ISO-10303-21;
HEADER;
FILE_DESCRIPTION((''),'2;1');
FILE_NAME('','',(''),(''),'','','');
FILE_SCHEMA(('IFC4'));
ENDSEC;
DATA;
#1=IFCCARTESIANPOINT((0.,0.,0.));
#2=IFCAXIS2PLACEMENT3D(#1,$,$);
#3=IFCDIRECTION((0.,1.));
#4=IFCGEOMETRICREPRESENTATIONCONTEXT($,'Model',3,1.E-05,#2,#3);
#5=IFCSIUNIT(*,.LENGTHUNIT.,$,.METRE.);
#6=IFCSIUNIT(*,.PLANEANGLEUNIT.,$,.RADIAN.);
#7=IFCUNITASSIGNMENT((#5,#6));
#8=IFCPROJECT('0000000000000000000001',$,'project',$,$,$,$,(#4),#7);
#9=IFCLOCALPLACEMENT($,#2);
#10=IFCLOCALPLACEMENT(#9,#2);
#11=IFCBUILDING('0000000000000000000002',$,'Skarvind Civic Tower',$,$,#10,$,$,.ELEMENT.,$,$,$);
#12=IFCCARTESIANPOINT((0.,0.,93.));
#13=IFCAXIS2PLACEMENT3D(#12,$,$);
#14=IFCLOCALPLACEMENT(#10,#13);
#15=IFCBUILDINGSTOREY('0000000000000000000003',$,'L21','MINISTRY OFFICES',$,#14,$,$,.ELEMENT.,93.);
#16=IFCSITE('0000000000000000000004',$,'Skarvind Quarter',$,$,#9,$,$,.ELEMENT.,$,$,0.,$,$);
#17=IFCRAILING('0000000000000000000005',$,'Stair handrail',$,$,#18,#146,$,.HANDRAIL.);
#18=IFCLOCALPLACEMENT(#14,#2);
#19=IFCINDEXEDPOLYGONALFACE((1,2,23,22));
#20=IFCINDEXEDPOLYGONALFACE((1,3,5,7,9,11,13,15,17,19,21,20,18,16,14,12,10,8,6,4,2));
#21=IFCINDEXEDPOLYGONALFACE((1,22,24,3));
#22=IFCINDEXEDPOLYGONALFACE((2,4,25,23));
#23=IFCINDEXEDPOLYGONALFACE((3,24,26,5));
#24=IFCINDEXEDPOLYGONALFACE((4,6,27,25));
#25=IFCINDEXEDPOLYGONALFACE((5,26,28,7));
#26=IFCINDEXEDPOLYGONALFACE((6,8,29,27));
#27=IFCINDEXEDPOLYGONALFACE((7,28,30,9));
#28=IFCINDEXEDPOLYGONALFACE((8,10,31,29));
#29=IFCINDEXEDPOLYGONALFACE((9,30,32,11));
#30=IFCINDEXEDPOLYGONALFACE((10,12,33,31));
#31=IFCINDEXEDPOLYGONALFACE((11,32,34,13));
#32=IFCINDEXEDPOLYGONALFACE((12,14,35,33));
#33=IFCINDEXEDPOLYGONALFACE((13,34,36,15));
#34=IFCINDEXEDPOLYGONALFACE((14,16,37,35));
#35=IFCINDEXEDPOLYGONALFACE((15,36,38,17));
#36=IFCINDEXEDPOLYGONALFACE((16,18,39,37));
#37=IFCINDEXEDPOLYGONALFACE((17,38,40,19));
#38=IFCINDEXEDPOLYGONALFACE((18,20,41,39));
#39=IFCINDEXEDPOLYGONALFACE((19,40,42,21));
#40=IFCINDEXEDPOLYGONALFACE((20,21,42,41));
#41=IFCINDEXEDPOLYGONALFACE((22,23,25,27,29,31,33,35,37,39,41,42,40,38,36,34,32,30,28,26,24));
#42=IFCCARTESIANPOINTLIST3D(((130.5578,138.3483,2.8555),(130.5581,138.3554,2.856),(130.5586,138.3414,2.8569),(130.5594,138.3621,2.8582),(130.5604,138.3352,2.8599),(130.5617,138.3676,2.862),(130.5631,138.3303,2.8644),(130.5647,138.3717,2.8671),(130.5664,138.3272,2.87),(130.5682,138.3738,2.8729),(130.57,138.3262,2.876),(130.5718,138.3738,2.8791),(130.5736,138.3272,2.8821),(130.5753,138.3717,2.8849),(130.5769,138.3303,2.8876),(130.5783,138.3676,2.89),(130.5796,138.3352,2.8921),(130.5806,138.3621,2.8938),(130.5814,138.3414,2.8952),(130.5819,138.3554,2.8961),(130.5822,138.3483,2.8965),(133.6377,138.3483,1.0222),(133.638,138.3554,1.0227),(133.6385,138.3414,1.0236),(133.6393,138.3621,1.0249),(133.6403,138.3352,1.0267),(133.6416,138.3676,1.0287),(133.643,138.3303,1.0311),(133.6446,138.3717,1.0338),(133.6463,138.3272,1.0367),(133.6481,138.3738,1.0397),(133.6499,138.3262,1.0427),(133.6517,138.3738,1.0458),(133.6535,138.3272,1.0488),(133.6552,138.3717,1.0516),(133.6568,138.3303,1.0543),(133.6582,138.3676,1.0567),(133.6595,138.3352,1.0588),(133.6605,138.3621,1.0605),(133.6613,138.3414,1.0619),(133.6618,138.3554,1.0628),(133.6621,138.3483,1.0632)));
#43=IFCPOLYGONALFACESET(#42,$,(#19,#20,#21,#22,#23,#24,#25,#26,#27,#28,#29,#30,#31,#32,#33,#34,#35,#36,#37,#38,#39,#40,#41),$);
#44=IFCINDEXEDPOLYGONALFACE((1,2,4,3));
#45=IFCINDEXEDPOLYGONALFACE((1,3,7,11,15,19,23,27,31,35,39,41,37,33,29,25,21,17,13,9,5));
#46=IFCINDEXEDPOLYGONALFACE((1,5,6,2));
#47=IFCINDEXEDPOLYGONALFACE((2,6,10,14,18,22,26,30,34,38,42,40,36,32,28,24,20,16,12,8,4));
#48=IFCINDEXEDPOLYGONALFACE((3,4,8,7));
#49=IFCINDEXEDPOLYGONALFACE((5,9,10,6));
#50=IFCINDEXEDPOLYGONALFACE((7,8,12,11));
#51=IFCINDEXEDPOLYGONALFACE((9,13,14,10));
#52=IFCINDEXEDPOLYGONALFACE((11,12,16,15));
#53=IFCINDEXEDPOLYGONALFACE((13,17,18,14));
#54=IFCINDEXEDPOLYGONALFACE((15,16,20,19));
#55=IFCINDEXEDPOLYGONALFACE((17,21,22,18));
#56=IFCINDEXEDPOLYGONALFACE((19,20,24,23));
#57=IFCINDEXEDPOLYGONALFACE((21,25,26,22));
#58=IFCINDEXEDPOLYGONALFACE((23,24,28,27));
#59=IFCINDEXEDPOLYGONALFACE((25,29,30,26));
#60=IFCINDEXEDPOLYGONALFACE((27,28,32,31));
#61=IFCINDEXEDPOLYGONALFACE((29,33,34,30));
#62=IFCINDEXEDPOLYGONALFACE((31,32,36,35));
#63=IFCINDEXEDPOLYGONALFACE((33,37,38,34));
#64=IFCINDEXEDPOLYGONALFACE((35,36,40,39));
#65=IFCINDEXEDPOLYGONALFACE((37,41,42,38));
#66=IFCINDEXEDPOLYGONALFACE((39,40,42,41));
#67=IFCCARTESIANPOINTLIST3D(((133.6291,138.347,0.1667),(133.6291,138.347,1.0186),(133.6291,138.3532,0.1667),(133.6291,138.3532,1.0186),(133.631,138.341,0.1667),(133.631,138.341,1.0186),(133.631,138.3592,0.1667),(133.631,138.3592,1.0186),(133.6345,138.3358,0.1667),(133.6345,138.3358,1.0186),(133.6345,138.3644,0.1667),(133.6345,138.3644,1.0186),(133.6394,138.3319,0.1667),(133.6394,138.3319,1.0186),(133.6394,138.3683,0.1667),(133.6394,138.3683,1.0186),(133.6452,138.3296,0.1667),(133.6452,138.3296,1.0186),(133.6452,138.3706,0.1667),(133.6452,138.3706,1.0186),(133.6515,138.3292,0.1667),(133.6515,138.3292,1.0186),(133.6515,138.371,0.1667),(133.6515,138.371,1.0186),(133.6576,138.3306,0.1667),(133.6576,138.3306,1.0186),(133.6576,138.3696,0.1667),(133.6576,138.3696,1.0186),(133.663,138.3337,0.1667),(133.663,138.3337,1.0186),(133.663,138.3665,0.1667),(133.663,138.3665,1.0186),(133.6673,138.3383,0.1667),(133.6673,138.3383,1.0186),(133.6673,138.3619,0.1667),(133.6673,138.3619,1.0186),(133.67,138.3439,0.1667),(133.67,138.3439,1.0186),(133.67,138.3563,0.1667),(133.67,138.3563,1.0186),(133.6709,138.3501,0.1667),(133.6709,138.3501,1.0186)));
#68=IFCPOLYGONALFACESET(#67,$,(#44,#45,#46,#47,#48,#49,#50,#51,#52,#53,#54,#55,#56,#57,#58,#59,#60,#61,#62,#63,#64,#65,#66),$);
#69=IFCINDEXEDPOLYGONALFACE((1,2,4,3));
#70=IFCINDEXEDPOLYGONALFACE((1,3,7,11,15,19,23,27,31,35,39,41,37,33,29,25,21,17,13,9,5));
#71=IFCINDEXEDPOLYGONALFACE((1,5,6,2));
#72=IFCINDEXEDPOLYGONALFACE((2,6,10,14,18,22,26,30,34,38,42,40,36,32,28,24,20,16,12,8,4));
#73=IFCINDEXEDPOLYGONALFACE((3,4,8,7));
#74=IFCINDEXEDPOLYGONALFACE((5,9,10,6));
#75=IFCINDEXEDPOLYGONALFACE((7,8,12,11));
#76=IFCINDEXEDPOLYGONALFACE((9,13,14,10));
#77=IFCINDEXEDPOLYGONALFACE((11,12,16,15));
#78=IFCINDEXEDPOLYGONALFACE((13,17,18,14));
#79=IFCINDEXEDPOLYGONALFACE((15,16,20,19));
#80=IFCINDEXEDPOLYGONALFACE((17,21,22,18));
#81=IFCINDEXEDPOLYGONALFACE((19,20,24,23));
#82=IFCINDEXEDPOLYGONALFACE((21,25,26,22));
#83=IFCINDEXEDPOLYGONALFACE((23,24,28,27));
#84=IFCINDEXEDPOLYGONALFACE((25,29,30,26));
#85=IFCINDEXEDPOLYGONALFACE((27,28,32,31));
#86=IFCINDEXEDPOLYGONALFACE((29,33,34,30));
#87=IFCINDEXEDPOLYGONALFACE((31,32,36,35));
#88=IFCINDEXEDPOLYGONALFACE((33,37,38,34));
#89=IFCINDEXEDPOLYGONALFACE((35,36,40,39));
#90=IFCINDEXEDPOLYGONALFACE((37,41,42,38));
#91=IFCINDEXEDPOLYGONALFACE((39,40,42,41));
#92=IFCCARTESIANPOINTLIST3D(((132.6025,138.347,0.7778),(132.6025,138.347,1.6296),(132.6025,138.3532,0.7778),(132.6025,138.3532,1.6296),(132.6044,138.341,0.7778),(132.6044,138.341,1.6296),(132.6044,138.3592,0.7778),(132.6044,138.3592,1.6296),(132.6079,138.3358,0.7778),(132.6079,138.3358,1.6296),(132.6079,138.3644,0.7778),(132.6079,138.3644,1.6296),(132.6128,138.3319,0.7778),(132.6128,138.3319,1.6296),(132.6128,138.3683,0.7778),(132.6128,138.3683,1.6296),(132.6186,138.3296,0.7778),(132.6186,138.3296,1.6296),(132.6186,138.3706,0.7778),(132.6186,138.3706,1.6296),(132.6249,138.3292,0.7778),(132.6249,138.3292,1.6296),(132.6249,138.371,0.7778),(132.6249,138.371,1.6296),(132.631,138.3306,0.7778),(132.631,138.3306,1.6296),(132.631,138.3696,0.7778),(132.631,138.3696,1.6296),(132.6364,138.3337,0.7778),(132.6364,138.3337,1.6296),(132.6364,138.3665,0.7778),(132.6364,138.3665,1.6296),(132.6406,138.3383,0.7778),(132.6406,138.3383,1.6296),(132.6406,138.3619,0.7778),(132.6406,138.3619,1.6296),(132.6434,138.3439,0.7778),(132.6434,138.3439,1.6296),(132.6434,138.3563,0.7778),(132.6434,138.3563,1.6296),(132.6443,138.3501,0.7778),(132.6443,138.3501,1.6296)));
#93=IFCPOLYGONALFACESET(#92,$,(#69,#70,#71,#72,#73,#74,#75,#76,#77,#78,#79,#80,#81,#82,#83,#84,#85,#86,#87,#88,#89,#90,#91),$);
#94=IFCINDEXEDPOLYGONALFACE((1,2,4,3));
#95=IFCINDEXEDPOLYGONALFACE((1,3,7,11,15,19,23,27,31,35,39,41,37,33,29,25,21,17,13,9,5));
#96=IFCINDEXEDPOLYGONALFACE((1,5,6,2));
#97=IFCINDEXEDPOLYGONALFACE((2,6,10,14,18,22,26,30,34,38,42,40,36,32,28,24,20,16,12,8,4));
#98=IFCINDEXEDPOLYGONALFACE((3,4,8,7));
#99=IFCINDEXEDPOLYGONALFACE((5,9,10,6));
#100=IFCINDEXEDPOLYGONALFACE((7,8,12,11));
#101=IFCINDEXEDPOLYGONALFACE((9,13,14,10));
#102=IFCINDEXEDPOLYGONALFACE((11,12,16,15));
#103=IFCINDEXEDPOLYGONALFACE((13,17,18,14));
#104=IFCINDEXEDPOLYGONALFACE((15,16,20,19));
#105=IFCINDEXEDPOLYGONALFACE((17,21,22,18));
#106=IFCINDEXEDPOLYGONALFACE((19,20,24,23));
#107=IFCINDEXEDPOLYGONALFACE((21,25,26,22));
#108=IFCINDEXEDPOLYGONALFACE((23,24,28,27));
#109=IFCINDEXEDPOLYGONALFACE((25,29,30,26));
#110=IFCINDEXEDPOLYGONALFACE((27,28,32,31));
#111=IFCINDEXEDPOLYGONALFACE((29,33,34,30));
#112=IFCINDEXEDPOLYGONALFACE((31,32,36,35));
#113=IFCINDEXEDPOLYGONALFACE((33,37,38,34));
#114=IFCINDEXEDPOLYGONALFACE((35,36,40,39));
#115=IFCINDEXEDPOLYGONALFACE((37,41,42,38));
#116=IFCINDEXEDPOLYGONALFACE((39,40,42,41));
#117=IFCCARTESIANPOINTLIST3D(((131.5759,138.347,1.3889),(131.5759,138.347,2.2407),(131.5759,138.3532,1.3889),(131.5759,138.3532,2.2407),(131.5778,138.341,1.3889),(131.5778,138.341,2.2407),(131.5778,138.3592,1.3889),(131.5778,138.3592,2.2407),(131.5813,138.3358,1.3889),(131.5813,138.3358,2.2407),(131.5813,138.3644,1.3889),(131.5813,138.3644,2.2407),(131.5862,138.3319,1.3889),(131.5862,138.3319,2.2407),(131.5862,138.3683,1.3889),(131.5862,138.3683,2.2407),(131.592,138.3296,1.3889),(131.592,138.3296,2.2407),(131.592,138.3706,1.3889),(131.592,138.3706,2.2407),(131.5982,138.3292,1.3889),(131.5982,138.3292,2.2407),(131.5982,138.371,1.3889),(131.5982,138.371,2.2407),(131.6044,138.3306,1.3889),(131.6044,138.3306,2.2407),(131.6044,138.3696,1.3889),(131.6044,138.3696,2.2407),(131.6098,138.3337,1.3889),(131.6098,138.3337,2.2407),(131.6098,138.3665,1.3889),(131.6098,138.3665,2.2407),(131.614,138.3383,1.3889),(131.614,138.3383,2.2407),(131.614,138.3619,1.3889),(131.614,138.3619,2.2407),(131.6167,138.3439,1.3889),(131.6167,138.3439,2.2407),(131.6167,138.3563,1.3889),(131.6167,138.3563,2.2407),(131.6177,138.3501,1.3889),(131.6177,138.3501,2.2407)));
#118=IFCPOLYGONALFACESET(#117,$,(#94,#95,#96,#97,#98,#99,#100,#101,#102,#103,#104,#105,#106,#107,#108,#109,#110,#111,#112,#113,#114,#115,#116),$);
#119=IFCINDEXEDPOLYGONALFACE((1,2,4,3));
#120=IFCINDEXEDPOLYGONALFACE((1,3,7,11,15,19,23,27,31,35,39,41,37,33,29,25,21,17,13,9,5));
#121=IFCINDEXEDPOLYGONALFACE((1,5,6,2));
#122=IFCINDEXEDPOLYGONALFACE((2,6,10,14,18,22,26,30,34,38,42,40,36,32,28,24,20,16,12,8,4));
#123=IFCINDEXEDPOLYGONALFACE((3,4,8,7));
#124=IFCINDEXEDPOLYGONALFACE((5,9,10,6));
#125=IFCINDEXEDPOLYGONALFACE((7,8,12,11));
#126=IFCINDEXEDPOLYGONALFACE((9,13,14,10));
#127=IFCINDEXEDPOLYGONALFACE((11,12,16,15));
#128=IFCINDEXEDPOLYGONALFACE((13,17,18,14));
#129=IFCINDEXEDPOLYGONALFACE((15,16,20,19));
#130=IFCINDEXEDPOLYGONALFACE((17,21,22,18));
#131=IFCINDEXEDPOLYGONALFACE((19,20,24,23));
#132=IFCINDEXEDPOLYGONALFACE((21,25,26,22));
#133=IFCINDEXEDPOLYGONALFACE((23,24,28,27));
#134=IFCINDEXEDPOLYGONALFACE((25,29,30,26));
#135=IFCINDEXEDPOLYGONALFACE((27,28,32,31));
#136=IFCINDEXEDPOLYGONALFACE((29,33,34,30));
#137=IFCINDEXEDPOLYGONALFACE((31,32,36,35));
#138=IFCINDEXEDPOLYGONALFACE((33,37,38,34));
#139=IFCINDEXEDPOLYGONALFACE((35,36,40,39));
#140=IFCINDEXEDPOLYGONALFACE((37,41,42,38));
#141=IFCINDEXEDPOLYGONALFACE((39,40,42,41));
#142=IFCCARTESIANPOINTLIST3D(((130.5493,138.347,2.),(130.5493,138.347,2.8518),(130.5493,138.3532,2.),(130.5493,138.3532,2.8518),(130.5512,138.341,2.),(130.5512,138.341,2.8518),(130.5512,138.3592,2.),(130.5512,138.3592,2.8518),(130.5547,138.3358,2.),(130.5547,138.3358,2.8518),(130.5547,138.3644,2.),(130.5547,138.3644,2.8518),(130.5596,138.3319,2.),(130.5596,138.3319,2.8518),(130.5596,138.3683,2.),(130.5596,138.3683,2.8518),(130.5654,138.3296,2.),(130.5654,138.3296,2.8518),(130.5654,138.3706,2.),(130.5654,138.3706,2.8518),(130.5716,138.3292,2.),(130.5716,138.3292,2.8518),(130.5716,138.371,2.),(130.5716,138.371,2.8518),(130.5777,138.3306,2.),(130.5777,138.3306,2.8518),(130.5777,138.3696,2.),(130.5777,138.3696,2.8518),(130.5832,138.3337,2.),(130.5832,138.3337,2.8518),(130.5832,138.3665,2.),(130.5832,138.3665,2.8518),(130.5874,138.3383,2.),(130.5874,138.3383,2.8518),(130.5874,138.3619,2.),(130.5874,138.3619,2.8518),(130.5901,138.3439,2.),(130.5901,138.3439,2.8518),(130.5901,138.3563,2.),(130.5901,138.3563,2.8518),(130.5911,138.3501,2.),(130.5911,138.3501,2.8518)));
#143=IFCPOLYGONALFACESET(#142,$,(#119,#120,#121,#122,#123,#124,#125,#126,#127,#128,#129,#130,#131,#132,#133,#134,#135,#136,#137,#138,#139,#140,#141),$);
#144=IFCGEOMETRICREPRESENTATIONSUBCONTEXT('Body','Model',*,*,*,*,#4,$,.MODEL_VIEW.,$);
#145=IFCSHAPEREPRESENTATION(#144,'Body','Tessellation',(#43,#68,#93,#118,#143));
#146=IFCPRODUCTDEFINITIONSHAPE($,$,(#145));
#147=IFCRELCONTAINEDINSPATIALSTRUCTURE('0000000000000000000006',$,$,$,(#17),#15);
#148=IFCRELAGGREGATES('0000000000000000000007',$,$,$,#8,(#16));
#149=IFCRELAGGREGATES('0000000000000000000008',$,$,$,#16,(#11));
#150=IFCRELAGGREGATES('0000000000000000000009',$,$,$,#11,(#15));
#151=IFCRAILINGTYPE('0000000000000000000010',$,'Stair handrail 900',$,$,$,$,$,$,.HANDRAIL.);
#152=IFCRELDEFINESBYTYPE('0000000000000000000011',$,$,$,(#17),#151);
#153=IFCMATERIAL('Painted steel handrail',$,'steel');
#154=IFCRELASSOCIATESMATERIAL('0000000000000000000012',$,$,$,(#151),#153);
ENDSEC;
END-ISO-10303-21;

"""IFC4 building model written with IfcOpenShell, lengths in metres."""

from ifc_helpers import new_model, si_unit, direction, frame, origin, origin_2d, place, context, subcontext, project, spatial, circle, extrude, material, type_object, element, save


model = new_model("IFC4")

# Units and contexts
model_context = context("Model", 3, precision=1e-05, world=origin(), true_north=direction((0.0, 1.0)))
body_context = subcontext(model_context, "Body", "Model", "MODEL_VIEW")
ifc_project = project(units=[si_unit("LENGTHUNIT", "METRE"), si_unit("PLANEANGLEUNIT", "RADIAN")], contexts=[model_context])

# Site, building, storey
site_placement = place(None, origin())
site = spatial("IfcSite", under=ifc_project, at=site_placement, Name="Skarvind Quarter", CompositionType="ELEMENT", RefElevation=0.0)
building_placement = place(site_placement, origin())
building = spatial("IfcBuilding", under=site, at=building_placement, Name="Skarvind Civic Tower", CompositionType="ELEMENT")
storey_placement = place(building_placement, frame((0.0, 0.0, 93.0)))
storey = spatial("IfcBuildingStorey", under=building, at=storey_placement, Name="L21", Description="MINISTRY OFFICES", CompositionType="ELEMENT", Elevation=93.0)

# Railing
ifc_material_1 = material(Name="Painted steel handrail", Category="steel")
railing_type = type_object("IfcRailingType", Name="Stair handrail 900", PredefinedType="HANDRAIL", material=ifc_material_1)
railing_1_placement = place(storey_placement, frame((133.6499, 138.3501, 0.1667)))
element("IfcRailing", 1, at=railing_1_placement, inside=storey, type_object=railing_type, Name="Stair handrail", PredefinedType="HANDRAIL", context=body_context, shape_type="SweptSolid", body=[
    extrude(circle(Radius=0.0239, at=origin_2d()), frame((0.0, 0.0, 0.876), z_axis=(-0.859291, 0.0, 0.511487), x_axis=(0.0, -1.0, 0.0)), (0.0, 0.0, 1.0), 3.5842),
    extrude(circle(Radius=0.021, at=origin_2d()), origin(), (0.0, 0.0, 1.0), 0.8518),
    extrude(circle(Radius=0.021, at=origin_2d()), frame((-1.0266, 0.0, 0.6111)), (0.0, 0.0, 1.0), 0.8518),
    extrude(circle(Radius=0.021, at=origin_2d()), frame((-2.0532, 0.0, 1.2222)), (0.0, 0.0, 1.0), 0.8518),
    extrude(circle(Radius=0.021, at=origin_2d()), frame((-3.0798, 0.0, 1.8333)), (0.0, 0.0, 1.0), 0.8518),
])

save(model, "model.ifc")
